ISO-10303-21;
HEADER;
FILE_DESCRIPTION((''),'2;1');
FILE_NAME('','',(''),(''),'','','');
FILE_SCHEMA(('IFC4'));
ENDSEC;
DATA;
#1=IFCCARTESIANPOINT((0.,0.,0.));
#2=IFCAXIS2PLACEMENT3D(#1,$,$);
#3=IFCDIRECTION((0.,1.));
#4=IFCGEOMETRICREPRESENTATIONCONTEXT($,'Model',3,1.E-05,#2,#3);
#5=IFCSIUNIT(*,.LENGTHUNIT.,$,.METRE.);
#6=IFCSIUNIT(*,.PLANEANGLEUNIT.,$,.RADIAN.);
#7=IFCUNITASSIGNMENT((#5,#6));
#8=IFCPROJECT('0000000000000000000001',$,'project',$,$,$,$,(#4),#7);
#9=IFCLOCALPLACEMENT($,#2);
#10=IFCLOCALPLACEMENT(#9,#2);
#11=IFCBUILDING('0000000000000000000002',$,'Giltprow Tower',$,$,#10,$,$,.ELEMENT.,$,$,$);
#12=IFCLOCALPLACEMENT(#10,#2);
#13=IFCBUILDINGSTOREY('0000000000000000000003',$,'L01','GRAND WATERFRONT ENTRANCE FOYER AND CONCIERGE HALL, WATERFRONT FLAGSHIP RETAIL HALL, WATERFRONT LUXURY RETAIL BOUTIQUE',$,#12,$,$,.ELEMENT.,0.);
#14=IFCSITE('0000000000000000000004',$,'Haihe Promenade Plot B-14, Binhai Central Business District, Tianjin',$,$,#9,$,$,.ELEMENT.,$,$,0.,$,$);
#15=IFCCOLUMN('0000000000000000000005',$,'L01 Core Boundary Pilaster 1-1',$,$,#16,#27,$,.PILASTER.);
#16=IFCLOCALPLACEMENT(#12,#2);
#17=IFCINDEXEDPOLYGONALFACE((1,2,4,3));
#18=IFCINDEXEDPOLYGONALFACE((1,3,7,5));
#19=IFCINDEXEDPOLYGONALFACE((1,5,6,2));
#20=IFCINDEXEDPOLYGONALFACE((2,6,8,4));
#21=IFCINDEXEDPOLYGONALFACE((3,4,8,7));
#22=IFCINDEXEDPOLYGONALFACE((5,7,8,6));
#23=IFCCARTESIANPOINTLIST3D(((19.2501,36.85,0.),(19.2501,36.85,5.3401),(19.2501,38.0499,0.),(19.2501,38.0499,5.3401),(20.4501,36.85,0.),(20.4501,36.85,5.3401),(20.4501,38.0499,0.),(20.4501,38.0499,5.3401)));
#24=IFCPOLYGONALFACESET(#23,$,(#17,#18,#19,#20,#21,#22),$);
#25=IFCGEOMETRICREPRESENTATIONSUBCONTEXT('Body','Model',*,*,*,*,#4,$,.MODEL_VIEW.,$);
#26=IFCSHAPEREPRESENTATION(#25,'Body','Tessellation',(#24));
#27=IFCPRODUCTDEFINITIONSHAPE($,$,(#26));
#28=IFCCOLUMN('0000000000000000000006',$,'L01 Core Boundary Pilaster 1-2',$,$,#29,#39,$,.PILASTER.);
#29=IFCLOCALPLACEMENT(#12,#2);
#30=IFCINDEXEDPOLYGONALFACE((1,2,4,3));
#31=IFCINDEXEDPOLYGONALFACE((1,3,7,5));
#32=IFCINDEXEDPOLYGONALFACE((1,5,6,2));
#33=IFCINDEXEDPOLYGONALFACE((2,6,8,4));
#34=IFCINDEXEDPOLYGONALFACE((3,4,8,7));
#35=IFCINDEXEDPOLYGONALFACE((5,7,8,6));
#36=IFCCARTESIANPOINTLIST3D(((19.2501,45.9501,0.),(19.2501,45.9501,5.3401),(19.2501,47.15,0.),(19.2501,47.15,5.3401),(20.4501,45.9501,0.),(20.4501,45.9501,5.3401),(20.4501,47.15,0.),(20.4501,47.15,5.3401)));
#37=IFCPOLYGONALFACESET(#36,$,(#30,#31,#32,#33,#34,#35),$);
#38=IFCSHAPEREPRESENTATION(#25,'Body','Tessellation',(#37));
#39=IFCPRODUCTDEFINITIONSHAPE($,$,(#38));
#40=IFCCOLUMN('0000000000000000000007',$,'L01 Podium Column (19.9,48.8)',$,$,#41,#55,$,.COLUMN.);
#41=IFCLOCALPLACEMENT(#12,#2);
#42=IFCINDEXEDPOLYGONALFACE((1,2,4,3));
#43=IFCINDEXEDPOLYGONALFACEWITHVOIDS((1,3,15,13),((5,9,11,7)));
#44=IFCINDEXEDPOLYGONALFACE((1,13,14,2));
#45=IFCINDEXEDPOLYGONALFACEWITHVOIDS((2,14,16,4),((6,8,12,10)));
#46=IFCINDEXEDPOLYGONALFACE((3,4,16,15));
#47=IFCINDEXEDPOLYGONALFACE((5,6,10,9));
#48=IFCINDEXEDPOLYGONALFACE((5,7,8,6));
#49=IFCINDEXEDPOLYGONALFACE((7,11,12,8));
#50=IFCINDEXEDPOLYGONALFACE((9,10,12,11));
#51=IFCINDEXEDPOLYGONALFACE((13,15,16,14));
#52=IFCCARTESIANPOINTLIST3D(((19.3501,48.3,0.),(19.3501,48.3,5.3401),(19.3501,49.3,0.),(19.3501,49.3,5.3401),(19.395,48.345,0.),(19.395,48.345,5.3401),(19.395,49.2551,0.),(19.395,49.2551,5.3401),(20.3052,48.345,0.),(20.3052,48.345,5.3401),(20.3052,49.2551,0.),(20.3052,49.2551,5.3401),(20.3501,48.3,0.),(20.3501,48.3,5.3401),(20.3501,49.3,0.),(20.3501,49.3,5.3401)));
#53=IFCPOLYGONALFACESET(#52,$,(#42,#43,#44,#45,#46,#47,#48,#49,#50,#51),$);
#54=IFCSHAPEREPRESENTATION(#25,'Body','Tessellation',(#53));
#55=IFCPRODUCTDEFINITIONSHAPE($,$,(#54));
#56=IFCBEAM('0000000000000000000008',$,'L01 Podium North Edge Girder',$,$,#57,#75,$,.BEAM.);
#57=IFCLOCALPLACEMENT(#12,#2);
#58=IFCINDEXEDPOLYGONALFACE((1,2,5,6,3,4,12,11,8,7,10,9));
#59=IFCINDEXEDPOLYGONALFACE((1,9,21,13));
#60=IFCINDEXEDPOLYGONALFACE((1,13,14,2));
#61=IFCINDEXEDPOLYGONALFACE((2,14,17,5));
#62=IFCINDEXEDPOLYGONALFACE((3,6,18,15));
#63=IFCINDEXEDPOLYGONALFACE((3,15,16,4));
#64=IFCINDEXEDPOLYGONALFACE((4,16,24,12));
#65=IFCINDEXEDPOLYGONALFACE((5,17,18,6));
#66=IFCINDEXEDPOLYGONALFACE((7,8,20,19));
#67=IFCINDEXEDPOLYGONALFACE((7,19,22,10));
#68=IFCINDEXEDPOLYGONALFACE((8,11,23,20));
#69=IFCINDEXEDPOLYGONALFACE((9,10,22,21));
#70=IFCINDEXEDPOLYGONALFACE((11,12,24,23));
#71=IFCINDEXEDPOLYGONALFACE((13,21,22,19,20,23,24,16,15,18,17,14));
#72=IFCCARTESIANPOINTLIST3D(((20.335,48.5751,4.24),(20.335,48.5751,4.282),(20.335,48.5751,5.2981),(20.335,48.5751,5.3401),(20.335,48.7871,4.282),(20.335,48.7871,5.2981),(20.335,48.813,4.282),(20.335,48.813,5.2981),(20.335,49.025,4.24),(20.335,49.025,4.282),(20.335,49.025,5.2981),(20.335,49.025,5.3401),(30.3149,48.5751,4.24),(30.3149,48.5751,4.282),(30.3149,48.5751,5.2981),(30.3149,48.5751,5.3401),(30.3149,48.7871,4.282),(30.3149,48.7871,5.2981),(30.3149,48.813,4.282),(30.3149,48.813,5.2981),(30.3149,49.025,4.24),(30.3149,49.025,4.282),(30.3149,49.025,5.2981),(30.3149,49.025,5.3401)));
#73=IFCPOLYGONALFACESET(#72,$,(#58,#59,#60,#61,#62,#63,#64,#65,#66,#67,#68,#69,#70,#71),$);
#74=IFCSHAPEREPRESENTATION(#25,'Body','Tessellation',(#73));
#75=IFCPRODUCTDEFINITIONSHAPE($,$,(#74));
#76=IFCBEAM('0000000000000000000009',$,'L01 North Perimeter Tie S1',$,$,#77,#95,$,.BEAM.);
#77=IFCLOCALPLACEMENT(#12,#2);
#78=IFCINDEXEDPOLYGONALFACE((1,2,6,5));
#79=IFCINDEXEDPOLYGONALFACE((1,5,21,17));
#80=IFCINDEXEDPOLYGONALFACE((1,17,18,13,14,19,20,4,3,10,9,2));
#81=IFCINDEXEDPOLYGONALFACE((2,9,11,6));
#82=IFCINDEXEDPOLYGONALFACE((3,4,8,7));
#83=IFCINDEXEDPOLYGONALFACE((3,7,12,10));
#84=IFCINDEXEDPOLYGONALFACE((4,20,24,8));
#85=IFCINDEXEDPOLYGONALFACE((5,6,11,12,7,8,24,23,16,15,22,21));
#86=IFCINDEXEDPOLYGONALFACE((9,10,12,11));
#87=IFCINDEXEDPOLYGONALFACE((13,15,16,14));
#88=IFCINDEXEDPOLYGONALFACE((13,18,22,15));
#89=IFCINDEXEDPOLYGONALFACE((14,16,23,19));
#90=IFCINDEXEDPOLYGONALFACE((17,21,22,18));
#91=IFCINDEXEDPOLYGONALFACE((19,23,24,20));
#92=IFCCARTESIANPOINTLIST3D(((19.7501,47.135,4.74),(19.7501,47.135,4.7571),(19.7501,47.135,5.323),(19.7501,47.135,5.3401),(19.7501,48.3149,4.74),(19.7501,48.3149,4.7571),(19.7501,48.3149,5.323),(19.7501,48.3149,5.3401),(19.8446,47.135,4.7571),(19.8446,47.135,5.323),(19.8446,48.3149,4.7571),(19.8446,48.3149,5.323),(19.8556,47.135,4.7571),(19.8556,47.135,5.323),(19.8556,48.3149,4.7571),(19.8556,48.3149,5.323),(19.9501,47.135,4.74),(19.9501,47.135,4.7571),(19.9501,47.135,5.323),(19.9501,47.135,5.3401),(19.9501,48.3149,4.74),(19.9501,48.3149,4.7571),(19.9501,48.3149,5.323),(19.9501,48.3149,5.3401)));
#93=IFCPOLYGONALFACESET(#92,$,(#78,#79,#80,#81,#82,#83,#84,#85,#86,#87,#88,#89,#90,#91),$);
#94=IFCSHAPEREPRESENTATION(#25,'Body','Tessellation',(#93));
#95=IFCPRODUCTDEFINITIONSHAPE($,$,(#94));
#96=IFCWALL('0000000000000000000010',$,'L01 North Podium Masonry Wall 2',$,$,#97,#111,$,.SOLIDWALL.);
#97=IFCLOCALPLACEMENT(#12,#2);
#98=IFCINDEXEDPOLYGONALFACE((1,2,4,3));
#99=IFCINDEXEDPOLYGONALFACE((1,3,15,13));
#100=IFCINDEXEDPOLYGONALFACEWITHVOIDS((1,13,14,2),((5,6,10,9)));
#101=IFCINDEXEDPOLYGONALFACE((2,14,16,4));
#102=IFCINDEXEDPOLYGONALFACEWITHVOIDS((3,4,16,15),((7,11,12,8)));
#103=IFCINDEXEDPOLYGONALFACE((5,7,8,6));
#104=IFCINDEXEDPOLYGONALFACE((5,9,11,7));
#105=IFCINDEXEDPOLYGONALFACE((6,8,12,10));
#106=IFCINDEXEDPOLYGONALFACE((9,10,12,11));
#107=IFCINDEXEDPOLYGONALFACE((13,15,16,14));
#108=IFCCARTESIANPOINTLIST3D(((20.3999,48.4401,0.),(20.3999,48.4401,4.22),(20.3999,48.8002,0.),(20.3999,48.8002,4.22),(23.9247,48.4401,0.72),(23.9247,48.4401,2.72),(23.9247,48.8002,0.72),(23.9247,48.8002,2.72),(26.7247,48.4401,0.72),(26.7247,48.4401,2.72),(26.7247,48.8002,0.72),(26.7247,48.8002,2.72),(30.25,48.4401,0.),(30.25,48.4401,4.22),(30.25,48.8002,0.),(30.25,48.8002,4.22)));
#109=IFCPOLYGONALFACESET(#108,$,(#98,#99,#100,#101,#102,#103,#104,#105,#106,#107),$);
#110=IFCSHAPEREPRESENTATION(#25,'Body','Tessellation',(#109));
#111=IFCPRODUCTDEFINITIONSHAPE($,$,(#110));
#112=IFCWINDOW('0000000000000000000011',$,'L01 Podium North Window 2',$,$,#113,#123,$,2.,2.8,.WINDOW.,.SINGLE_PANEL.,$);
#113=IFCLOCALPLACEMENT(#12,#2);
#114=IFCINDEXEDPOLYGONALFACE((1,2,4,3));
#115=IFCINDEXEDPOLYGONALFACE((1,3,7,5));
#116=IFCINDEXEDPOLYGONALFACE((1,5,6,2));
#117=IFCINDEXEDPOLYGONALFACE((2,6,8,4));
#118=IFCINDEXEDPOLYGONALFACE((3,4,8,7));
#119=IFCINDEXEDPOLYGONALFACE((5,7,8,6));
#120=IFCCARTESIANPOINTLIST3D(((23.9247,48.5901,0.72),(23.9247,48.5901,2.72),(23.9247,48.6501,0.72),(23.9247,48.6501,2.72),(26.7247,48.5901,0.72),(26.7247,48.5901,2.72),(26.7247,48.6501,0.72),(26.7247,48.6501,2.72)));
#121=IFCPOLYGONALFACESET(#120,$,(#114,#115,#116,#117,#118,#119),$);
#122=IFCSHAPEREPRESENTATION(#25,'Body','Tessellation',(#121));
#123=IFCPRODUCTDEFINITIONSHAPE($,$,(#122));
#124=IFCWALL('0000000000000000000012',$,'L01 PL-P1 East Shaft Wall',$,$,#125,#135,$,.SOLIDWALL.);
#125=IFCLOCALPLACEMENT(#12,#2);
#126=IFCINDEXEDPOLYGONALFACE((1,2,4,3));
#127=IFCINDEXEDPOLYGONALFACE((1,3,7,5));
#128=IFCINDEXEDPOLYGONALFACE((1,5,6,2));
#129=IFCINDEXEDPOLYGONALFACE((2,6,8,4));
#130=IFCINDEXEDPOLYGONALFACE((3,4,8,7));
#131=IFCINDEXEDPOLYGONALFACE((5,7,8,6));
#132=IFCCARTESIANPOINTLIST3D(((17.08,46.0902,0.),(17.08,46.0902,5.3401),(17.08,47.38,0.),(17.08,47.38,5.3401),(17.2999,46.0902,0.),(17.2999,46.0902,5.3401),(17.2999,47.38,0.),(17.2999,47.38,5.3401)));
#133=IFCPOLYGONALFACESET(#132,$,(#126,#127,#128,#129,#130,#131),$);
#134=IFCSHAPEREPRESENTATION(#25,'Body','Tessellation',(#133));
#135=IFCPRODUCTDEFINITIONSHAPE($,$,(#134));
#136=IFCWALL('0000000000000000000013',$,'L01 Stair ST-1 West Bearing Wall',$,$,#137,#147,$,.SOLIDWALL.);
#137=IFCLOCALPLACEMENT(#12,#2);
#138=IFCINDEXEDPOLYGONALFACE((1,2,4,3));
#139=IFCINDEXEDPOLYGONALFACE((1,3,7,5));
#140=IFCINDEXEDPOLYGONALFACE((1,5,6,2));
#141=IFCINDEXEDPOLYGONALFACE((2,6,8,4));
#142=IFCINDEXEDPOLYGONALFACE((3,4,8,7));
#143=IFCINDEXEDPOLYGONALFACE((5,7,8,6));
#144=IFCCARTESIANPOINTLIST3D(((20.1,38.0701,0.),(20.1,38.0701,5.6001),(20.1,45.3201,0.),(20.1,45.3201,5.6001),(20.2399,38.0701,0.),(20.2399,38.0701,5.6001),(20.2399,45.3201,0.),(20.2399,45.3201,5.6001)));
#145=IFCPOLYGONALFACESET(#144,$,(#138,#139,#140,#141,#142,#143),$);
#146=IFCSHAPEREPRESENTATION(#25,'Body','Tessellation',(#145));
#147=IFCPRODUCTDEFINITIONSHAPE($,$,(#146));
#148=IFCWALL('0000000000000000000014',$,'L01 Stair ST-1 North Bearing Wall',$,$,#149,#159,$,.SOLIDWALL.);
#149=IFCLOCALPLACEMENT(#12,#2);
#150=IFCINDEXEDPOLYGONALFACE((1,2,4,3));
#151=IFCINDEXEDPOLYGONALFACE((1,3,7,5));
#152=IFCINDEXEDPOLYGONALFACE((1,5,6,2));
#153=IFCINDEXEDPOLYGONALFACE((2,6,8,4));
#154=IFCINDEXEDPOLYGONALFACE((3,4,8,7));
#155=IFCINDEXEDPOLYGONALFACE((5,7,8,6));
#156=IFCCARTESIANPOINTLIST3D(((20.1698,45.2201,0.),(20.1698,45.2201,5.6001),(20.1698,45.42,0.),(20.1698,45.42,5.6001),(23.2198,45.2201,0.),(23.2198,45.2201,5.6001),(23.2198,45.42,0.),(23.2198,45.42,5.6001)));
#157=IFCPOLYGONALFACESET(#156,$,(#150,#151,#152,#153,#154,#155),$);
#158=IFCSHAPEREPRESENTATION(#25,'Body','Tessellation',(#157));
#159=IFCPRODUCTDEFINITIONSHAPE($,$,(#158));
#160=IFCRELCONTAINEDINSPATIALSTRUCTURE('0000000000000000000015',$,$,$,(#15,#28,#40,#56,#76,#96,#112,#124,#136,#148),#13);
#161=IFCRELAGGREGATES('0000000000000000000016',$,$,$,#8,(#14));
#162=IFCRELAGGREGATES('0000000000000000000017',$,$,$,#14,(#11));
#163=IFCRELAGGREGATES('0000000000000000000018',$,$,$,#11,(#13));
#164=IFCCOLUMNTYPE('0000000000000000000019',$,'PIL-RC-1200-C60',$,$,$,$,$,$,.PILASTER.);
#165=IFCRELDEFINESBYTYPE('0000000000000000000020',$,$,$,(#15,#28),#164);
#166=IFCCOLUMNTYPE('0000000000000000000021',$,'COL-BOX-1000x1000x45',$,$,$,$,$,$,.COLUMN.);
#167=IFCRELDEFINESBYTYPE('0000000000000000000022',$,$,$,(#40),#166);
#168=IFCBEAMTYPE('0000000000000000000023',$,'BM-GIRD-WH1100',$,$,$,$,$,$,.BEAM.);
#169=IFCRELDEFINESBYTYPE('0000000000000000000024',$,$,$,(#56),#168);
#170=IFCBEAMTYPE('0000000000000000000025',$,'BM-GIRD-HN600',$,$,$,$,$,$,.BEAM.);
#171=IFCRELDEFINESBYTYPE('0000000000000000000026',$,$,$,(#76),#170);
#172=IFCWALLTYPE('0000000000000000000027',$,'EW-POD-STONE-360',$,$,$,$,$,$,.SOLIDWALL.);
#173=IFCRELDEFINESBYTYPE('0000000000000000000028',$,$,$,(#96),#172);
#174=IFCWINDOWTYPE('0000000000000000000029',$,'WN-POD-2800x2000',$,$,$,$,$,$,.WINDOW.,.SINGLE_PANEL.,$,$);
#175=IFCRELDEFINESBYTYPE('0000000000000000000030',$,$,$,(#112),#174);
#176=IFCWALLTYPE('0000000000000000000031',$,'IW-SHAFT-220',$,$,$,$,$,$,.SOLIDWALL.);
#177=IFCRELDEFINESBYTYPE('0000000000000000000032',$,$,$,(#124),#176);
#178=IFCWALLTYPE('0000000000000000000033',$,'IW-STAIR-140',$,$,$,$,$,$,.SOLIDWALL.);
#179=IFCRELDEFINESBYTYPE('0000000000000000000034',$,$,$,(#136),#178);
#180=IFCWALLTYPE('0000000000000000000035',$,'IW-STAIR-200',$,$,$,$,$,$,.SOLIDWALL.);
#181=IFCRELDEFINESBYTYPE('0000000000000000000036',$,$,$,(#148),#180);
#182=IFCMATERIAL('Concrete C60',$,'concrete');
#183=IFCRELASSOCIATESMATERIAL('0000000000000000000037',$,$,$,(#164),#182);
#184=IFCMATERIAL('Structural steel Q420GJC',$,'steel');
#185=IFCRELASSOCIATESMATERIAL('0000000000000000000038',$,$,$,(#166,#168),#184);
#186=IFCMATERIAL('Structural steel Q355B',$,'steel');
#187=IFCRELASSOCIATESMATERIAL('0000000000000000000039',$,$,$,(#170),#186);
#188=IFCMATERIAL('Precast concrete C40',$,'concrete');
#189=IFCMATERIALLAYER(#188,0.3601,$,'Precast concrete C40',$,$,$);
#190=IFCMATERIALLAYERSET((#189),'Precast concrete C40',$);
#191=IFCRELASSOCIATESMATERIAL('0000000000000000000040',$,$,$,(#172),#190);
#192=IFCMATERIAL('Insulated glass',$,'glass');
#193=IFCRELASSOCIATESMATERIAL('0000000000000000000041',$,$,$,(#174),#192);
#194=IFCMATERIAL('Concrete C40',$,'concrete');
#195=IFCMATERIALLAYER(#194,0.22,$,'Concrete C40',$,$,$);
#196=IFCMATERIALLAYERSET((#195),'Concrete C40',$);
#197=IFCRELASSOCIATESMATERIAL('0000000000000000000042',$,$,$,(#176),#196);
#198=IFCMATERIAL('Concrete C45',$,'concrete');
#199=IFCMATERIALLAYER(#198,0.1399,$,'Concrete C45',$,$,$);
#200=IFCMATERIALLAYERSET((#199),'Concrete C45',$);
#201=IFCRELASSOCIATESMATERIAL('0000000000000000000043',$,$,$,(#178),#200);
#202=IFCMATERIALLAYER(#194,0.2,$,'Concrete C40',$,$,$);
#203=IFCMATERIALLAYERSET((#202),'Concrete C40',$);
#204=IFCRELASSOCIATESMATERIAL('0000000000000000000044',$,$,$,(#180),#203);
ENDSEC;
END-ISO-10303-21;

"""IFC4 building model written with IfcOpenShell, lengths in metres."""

from ifc_helpers import new_model, si_unit, direction, frame, frame_2d, origin, origin_2d, place, context, subcontext, project, spatial, rectangle, hollow_rectangle, i_section, extrude, source, transform, mapped, material, layer, layer_set, material_profile, profile_set, type_object, element, fill, save


model = new_model("IFC4")

# Units and contexts
model_context = context("Model", 3, precision=1e-05, world=origin(), true_north=direction((0.0, 1.0)))
body_context = subcontext(model_context, "Body", "Model", "MODEL_VIEW")
ifc_project = project(units=[si_unit("LENGTHUNIT", "METRE"), si_unit("PLANEANGLEUNIT", "RADIAN")], contexts=[model_context])

# Site, building, storey
site_placement = place(None, origin())
site = spatial("IfcSite", under=ifc_project, at=site_placement, Name="Haihe Promenade Plot B-14, Binhai Central Business District, Tianjin", CompositionType="ELEMENT", RefElevation=0.0)
building_placement = place(site_placement, origin())
building = spatial("IfcBuilding", under=site, at=building_placement, Name="Giltprow Tower", CompositionType="ELEMENT")
storey_placement = place(building_placement, origin())
storey = spatial("IfcBuildingStorey", under=building, at=storey_placement, Name="L01", Description="GRAND WATERFRONT ENTRANCE FOYER AND CONCIERGE HALL, WATERFRONT FLAGSHIP RETAIL HALL, WATERFRONT LUXURY RETAIL BOUTIQUE", CompositionType="ELEMENT", Elevation=0.0)

# Columns
ifc_material_1 = material(Name="Concrete C60", Category="concrete")
ifc_material_profile_1 = material_profile(ifc_material_1, rectangle(XDim=1.2, YDim=1.2, at=origin_2d()), Name="RC 1200x1200")
ifc_profile_set_1 = profile_set([ifc_material_profile_1], Name="Concrete C60")
column_type_1 = type_object("IfcColumnType", Name="PIL-RC-1200-C60", PredefinedType="PILASTER", material=ifc_profile_set_1)
shared_shape_1 = source(origin(), body_context, "Body", "SweptSolid", [
    extrude(rectangle(XDim=1.2, YDim=1.2, at=origin_2d()), origin(), (0.0, 0.0, 1.0), 5.3401),
])
for number, where, z_axis, x_axis, name in (
    (1, (19.8501, 37.45, 0.0), (0.0, 0.0, 1.0), (1.0, 0.0, 0.0), "L01 Core Boundary Pilaster 1-1"),
    (2, (19.8501, 46.55, 0.0), (0.0, 0.0, 1.0), (1.0, 0.0, 0.0), "L01 Core Boundary Pilaster 1-2"),
):
    element("IfcColumn", number, at=place(storey_placement, frame(where, z_axis=z_axis, x_axis=x_axis)), inside=storey, type_object=column_type_1, Name=name, PredefinedType="PILASTER", context=body_context, shape_type="MappedRepresentation", body=[
        mapped(shared_shape_1, transform((0.0, 0.0, 0.0), x_axis=(1.0, 0.0, 0.0), y_axis=(0.0, 1.0, 0.0), z_axis=(0.0, 0.0, 1.0), scale=1.0)),
    ])
ifc_material_2 = material(Name="Structural steel Q420GJC", Category="steel")
ifc_material_profile_2 = material_profile(ifc_material_2, hollow_rectangle(XDim=1.0, YDim=1.0, WallThickness=0.0449, at=origin_2d()), Name="BOX 1000x1000x45")
ifc_profile_set_2 = profile_set([ifc_material_profile_2], Name="Structural steel Q420GJC")
column_type_2 = type_object("IfcColumnType", Name="COL-BOX-1000x1000x45", PredefinedType="COLUMN", material=ifc_profile_set_2)
shared_shape_2 = source(origin(), body_context, "Body", "SweptSolid", [
    extrude(hollow_rectangle(XDim=1.0, YDim=1.0, WallThickness=0.0449, at=origin_2d()), origin(), (0.0, 0.0, 1.0), 5.3401),
])
column_placement = place(storey_placement, frame((19.8501, 48.8, 0.0), z_axis=(0.0, 0.0, 1.0), x_axis=(1.0, 0.0, 0.0)))
element("IfcColumn", 3, at=column_placement, inside=storey, type_object=column_type_2, Name="L01 Podium Column (19.9,48.8)", PredefinedType="COLUMN", context=body_context, shape_type="MappedRepresentation", body=[
    mapped(shared_shape_2, transform((0.0, 0.0, 0.0), x_axis=(1.0, 0.0, 0.0), y_axis=(0.0, 1.0, 0.0), z_axis=(0.0, 0.0, 1.0), scale=1.0)),
])

# Beams
ifc_material_profile_3 = material_profile(ifc_material_2, i_section(OverallWidth=0.45, OverallDepth=1.1001, WebThickness=0.0259, FlangeThickness=0.042, at=origin_2d()), Name="WH 1100x450x26x42")
ifc_profile_set_3 = profile_set([ifc_material_profile_3], Name="Structural steel Q420GJC")
beam_type_1 = type_object("IfcBeamType", Name="BM-GIRD-WH1100", PredefinedType="BEAM", material=ifc_profile_set_3)
shared_shape_3 = source(origin(), body_context, "Body", "SweptSolid", [
    extrude(i_section(OverallWidth=0.45, OverallDepth=1.1001, WebThickness=0.0259, FlangeThickness=0.042, at=origin_2d()), origin(), (0.0, 0.0, 1.0), 9.98),
])
beam_1_placement = place(storey_placement, frame((20.335, 48.8, 4.79), z_axis=(1.0, 0.0, 0.0), x_axis=(0.0, 1.0, 0.0)))
element("IfcBeam", 4, at=beam_1_placement, inside=storey, type_object=beam_type_1, Name="L01 Podium North Edge Girder", PredefinedType="BEAM", context=body_context, shape_type="MappedRepresentation", body=[
    mapped(shared_shape_3, transform((0.0, 0.0, 0.0), x_axis=(1.0, 0.0, 0.0), y_axis=(0.0, 1.0, 0.0), z_axis=(0.0, 0.0, 1.0), scale=1.0)),
])
ifc_material_3 = material(Name="Structural steel Q355B", Category="steel")
ifc_material_profile_4 = material_profile(ifc_material_3, i_section(OverallWidth=0.2, OverallDepth=0.6001, WebThickness=0.011, FlangeThickness=0.0171, at=origin_2d()), Name="HN 600x200x11x17")
ifc_profile_set_4 = profile_set([ifc_material_profile_4], Name="Structural steel Q355B")
beam_type_2 = type_object("IfcBeamType", Name="BM-GIRD-HN600", PredefinedType="BEAM", material=ifc_profile_set_4)
shared_shape_4 = source(origin(), body_context, "Body", "SweptSolid", [
    extrude(i_section(OverallWidth=0.2, OverallDepth=0.6001, WebThickness=0.011, FlangeThickness=0.0171, at=origin_2d()), origin(), (0.0, 0.0, 1.0), 1.1799),
])
beam_2_placement = place(storey_placement, frame((19.8501, 47.135, 5.04), z_axis=(0.0, 1.0, 0.0), x_axis=(-1.0, 0.0, 0.0)))
element("IfcBeam", 5, at=beam_2_placement, inside=storey, type_object=beam_type_2, Name="L01 North Perimeter Tie S1", PredefinedType="BEAM", context=body_context, shape_type="MappedRepresentation", body=[
    mapped(shared_shape_4, transform((0.0, 0.0, 0.0), x_axis=(1.0, 0.0, 0.0), y_axis=(0.0, 1.0, 0.0), z_axis=(0.0, 0.0, 1.0), scale=1.0)),
])

# Wall, opening, window
ifc_material_4 = material(Name="Precast concrete C40", Category="concrete")
ifc_layer_1 = layer(ifc_material_4, 0.3601, Name="Precast concrete C40")
ifc_layer_set_1 = layer_set([ifc_layer_1], Name="Precast concrete C40")
wall_type_1 = type_object("IfcWallType", Name="EW-POD-STONE-360", PredefinedType="SOLIDWALL", material=ifc_layer_set_1)
wall_1_placement = place(storey_placement, frame((20.3999, 48.6201, 0.0), z_axis=(0.0, 0.0, 1.0), x_axis=(1.0, 0.0, 0.0)))
wall_1 = element("IfcWall", 6, at=wall_1_placement, inside=storey, type_object=wall_type_1, Name="L01 North Podium Masonry Wall 2", PredefinedType="SOLIDWALL", context=body_context, shape_type="SweptSolid", body=[
    extrude(rectangle(XDim=9.8501, YDim=0.3601, at=frame_2d((4.925, 0.0))), origin(), (0.0, 0.0, 1.0), 4.22),
])
opening_1_placement = place(wall_1_placement, frame((3.5249, 0.0, 0.72)))
opening_1 = element("IfcOpeningElement", 7, at=opening_1_placement, cuts=wall_1, PredefinedType="OPENING", context=body_context, shape_type="SweptSolid", body=[
    extrude(rectangle(XDim=2.8, YDim=2.0, at=frame_2d((1.3999, 1.0))), frame((0.0, 0.1899, 0.0), z_axis=(0.0, -1.0, 0.0), x_axis=(1.0, 0.0, 0.0)), (0.0, 0.0, 1.0), 0.3801),
])
ifc_material_5 = material(Name="Insulated glass", Category="glass")
window_type = type_object("IfcWindowType", Name="WN-POD-2800x2000", PartitioningType="SINGLE_PANEL", PredefinedType="WINDOW", material=ifc_material_5)
shared_shape_5 = source(origin(), body_context, "Body", "SweptSolid", [
    extrude(rectangle(XDim=2.8, YDim=2.0, at=frame_2d((1.3999, 1.0))), frame((0.0, 0.03, 0.0), z_axis=(0.0, -1.0, 0.0), x_axis=(1.0, 0.0, 0.0)), (0.0, 0.0, 1.0), 0.0601),
])
window_placement = place(opening_1_placement, origin())
window = element("IfcWindow", 8, at=window_placement, inside=storey, type_object=window_type, Name="L01 Podium North Window 2", OverallHeight=2.0, OverallWidth=2.8, PartitioningType="SINGLE_PANEL", PredefinedType="WINDOW", context=body_context, shape_type="MappedRepresentation", body=[
    mapped(shared_shape_5, transform((0.0, 0.0, 0.0), x_axis=(1.0, 0.0, 0.0), y_axis=(0.0, 1.0, 0.0), z_axis=(0.0, 0.0, 1.0), scale=1.0)),
])
fill(opening_1, window)

# Walls
ifc_material_6 = material(Name="Concrete C40", Category="concrete")
ifc_layer_2 = layer(ifc_material_6, 0.22, Name="Concrete C40")
ifc_layer_set_2 = layer_set([ifc_layer_2], Name="Concrete C40")
wall_type_2 = type_object("IfcWallType", Name="IW-SHAFT-220", PredefinedType="SOLIDWALL", material=ifc_layer_set_2)
wall_2_placement = place(storey_placement, frame((17.1899, 46.0901, 0.0), z_axis=(0.0, 0.0, 1.0), x_axis=(0.0, 1.0, 0.0)))
element("IfcWall", 9, at=wall_2_placement, inside=storey, type_object=wall_type_2, Name="L01 PL-P1 East Shaft Wall", PredefinedType="SOLIDWALL", context=body_context, shape_type="SweptSolid", body=[
    extrude(rectangle(XDim=1.2898, YDim=0.22, at=frame_2d((0.645, 0.0))), origin(), (0.0, 0.0, 1.0), 5.3401),
])
ifc_material_7 = material(Name="Concrete C45", Category="concrete")
ifc_layer_3 = layer(ifc_material_7, 0.1399, Name="Concrete C45")
ifc_layer_set_3 = layer_set([ifc_layer_3], Name="Concrete C45")
wall_type_3 = type_object("IfcWallType", Name="IW-STAIR-140", PredefinedType="SOLIDWALL", material=ifc_layer_set_3)
wall_3_placement = place(storey_placement, frame((20.1699, 38.0701, 0.0), z_axis=(0.0, 0.0, 1.0), x_axis=(0.0, 1.0, 0.0)))
element("IfcWall", 10, at=wall_3_placement, inside=storey, type_object=wall_type_3, Name="L01 Stair ST-1 West Bearing Wall", PredefinedType="SOLIDWALL", context=body_context, shape_type="SweptSolid", body=[
    extrude(rectangle(XDim=7.25, YDim=0.1399, at=frame_2d((3.625, 0.0))), origin(), (0.0, 0.0, 1.0), 5.6001),
])
ifc_layer_4 = layer(ifc_material_6, 0.2, Name="Concrete C40")
ifc_layer_set_4 = layer_set([ifc_layer_4], Name="Concrete C40")
wall_type_4 = type_object("IfcWallType", Name="IW-STAIR-200", PredefinedType="SOLIDWALL", material=ifc_layer_set_4)
for number, where, z_axis, x_axis, name in (
    (11, (20.1699, 45.3201, 0.0), (0.0, 0.0, 1.0), (1.0, 0.0, 0.0), "L01 Stair ST-1 North Bearing Wall"),
):
    element("IfcWall", number, at=place(storey_placement, frame(where, z_axis=z_axis, x_axis=x_axis)), inside=storey, type_object=wall_type_4, Name=name, PredefinedType="SOLIDWALL", context=body_context, shape_type="SweptSolid", body=[
        extrude(rectangle(XDim=3.05, YDim=0.2, at=frame_2d((1.5249, 0.0))), origin(), (0.0, 0.0, 1.0), 5.6001),
    ])

save(model, "model.ifc")
